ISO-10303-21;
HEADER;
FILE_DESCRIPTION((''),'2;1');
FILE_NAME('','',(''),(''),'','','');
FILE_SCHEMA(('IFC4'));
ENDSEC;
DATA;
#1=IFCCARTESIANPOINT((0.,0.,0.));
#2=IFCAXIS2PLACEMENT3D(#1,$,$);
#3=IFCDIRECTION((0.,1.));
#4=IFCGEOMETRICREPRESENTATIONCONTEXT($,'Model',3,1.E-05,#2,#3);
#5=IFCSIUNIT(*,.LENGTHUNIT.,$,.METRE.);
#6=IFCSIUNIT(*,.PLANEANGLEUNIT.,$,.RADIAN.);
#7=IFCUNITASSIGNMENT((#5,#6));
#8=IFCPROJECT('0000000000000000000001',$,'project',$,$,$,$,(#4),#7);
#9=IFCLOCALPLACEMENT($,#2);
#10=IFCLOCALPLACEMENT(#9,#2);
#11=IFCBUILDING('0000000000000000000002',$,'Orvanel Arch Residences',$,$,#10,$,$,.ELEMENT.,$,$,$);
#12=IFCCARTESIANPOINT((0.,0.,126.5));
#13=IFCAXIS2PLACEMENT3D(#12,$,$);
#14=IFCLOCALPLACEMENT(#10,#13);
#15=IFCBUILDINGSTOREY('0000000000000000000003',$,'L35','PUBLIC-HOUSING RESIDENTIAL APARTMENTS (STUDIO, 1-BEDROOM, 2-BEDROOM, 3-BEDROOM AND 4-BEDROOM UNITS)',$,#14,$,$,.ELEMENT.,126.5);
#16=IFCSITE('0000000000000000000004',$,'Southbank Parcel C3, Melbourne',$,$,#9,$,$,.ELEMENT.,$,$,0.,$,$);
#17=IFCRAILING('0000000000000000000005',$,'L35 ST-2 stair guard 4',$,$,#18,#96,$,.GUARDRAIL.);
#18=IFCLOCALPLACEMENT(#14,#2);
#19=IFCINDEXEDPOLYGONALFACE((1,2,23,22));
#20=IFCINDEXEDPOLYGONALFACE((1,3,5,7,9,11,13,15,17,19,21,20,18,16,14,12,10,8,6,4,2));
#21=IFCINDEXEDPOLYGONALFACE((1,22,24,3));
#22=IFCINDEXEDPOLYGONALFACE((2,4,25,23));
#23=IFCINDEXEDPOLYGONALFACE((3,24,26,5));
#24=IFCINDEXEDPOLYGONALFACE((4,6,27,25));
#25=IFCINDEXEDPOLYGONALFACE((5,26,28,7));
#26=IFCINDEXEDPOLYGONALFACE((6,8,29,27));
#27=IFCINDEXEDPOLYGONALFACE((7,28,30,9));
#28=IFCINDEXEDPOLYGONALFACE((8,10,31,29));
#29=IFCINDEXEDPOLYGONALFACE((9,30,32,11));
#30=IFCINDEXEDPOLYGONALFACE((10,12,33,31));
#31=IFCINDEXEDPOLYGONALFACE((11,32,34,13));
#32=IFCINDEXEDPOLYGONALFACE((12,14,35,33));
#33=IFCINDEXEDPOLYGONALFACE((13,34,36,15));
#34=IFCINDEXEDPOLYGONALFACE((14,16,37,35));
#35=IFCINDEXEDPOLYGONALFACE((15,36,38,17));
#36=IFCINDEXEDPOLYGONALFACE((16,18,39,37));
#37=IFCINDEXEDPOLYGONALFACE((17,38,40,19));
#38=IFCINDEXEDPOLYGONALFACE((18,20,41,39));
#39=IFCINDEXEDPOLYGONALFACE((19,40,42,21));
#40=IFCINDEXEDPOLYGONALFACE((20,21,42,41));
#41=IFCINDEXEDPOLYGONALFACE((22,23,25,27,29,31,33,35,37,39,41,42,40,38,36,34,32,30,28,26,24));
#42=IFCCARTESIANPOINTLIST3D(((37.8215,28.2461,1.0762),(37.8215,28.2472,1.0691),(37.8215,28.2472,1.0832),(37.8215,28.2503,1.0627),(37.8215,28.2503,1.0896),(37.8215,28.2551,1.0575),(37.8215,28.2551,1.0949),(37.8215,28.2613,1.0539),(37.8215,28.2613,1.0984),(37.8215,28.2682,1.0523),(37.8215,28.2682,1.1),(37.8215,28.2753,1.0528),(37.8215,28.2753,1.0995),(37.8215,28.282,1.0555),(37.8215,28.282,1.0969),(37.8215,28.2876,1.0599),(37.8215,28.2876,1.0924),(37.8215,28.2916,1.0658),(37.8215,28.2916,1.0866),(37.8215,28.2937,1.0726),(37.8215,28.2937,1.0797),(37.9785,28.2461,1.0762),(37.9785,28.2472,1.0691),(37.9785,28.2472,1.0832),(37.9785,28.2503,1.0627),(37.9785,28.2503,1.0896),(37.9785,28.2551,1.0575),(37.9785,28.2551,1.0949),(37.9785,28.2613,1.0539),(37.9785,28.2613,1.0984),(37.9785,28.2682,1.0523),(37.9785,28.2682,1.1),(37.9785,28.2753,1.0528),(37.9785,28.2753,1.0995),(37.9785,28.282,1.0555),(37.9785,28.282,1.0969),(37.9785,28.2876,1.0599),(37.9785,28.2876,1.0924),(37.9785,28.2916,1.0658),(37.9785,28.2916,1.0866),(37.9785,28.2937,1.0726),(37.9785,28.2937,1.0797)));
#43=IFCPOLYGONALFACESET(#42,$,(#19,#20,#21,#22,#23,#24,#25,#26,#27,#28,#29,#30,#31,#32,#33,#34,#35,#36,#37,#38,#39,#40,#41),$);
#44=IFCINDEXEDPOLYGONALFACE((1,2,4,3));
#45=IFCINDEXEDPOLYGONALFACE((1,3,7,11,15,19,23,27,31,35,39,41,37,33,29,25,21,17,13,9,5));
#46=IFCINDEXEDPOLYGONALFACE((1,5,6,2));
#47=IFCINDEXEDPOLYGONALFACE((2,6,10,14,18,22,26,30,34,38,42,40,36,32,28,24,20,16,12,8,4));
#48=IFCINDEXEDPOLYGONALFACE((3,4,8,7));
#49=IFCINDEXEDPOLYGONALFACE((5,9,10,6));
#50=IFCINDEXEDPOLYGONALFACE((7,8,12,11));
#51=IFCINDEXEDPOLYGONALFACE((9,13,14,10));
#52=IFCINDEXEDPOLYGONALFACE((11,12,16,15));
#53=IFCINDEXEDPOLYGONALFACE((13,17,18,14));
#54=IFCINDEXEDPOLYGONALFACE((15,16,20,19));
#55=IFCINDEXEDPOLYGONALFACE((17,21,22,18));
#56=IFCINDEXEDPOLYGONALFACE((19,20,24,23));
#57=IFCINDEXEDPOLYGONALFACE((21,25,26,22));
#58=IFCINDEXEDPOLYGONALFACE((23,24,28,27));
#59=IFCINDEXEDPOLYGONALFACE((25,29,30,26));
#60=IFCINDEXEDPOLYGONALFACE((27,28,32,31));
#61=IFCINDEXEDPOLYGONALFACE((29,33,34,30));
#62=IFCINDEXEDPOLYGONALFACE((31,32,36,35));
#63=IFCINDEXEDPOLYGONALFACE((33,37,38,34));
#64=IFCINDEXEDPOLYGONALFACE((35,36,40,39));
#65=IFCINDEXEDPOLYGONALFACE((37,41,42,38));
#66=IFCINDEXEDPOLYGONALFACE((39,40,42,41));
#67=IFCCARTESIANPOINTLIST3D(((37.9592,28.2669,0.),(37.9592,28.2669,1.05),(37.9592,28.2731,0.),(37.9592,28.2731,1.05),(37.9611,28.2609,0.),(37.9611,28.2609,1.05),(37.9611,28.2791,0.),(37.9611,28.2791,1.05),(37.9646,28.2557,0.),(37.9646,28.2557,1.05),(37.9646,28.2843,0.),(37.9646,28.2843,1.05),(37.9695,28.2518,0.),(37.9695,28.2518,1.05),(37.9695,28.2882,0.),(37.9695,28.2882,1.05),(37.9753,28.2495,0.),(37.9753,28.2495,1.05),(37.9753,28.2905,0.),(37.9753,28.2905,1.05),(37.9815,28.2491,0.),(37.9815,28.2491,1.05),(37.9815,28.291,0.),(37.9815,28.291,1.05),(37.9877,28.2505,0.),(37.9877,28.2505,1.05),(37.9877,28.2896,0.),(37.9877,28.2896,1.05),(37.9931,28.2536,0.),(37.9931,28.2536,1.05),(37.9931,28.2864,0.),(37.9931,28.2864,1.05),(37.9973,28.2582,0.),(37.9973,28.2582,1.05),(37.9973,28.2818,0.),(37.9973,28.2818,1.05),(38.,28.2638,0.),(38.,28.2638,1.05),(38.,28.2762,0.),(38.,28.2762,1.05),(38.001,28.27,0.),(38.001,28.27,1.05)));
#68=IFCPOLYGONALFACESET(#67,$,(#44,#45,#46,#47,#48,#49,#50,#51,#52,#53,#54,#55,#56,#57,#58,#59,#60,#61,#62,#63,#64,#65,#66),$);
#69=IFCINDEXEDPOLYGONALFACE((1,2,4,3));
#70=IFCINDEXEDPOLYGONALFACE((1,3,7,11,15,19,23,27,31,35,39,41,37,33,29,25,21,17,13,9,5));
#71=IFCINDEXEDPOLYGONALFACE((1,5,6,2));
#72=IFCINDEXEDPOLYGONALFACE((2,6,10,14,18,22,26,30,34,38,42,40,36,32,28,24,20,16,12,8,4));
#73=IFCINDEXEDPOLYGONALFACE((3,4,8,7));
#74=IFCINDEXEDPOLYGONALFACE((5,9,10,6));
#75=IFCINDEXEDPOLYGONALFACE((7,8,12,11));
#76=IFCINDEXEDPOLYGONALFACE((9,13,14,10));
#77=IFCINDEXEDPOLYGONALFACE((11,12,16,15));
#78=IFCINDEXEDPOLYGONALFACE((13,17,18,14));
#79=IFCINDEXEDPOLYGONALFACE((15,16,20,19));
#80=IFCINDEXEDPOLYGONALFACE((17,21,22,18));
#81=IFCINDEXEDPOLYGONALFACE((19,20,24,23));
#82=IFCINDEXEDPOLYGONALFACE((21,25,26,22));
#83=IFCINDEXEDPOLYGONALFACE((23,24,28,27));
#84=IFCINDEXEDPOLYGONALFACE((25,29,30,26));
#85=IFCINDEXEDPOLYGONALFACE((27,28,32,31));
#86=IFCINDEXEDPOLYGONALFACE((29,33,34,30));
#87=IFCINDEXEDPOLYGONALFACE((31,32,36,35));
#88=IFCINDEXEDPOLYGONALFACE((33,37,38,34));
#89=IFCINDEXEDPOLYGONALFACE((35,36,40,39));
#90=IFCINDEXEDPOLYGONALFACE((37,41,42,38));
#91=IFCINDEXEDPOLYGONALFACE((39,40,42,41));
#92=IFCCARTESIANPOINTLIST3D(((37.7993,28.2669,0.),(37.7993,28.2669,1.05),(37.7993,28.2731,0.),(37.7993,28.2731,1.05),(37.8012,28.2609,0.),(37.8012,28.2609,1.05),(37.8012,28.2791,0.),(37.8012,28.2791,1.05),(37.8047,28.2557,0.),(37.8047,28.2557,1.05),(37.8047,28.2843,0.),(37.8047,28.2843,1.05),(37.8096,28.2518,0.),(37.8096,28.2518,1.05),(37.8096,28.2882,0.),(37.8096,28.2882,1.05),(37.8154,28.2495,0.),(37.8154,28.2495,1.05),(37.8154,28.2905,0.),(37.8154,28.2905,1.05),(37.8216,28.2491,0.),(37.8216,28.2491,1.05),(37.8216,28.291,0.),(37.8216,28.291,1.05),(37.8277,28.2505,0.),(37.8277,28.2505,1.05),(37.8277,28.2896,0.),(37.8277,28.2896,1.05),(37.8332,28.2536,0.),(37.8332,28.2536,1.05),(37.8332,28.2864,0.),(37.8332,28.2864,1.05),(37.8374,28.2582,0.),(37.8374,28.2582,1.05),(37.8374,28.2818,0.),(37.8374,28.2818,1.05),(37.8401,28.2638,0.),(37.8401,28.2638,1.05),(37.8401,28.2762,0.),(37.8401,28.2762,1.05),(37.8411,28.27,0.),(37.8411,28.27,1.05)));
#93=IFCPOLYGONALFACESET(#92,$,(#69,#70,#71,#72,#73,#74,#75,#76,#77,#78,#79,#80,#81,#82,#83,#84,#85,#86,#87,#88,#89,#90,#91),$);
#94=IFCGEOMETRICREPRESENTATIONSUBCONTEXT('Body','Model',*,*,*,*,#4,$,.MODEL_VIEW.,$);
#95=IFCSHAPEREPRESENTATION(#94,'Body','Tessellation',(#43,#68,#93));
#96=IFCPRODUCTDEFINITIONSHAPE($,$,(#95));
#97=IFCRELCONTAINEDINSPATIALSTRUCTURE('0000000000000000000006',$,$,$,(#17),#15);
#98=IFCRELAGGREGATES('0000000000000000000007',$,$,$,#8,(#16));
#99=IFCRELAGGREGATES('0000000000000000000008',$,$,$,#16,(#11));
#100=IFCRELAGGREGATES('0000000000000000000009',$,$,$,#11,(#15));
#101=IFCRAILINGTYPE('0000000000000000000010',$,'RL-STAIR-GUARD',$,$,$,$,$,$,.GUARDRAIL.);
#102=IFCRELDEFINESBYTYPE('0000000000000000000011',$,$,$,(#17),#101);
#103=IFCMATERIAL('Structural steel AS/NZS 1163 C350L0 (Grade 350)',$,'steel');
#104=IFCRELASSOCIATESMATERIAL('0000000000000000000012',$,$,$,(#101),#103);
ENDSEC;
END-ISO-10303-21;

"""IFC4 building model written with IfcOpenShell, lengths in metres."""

from ifc_helpers import new_model, si_unit, direction, frame, origin, origin_2d, place, context, subcontext, project, spatial, circle, extrude, material, type_object, element, save


model = new_model("IFC4")

# Units and contexts
model_context = context("Model", 3, precision=1e-05, world=origin(), true_north=direction((0.0, 1.0)))
body_context = subcontext(model_context, "Body", "Model", "MODEL_VIEW")
ifc_project = project(units=[si_unit("LENGTHUNIT", "METRE"), si_unit("PLANEANGLEUNIT", "RADIAN")], contexts=[model_context])

# Site, building, storey
site_placement = place(None, origin())
site = spatial("IfcSite", under=ifc_project, at=site_placement, Name="Southbank Parcel C3, Melbourne", CompositionType="ELEMENT", RefElevation=0.0)
building_placement = place(site_placement, origin())
building = spatial("IfcBuilding", under=site, at=building_placement, Name="Orvanel Arch Residences", CompositionType="ELEMENT")
storey_placement = place(building_placement, frame((0.0, 0.0, 126.5)))
storey = spatial("IfcBuildingStorey", under=building, at=storey_placement, Name="L35", Description="PUBLIC-HOUSING RESIDENTIAL APARTMENTS (STUDIO, 1-BEDROOM, 2-BEDROOM, 3-BEDROOM AND 4-BEDROOM UNITS)", CompositionType="ELEMENT", Elevation=126.5)

# Railing
ifc_material_1 = material(Name="Structural steel AS/NZS 1163 C350L0 (Grade 350)", Category="steel")
railing_type_1 = type_object("IfcRailingType", Name="RL-STAIR-GUARD", PredefinedType="GUARDRAIL", material=ifc_material_1)
railing_1_placement = place(storey_placement, frame((37.98, 28.27, 0.0)))
element("IfcRailing", 1, at=railing_1_placement, inside=storey, type_object=railing_type_1, Name="L35 ST-2 stair guard 4", PredefinedType="GUARDRAIL", context=body_context, shape_type="SweptSolid", body=[
    extrude(circle(Radius=0.0239, at=origin_2d()), frame((-0.0015, 0.0, 1.0762), z_axis=(-1.0, 0.0, 0.0), x_axis=(0.0, -1.0, 0.0)), (0.0, 0.0, 1.0), 0.157),
    extrude(circle(Radius=0.021, at=origin_2d()), origin(), (0.0, 0.0, 1.0), 1.05),
    extrude(circle(Radius=0.021, at=origin_2d()), frame((-0.1599, 0.0, 0.0)), (0.0, 0.0, 1.0), 1.05),
])

save(model, "model.ifc")
